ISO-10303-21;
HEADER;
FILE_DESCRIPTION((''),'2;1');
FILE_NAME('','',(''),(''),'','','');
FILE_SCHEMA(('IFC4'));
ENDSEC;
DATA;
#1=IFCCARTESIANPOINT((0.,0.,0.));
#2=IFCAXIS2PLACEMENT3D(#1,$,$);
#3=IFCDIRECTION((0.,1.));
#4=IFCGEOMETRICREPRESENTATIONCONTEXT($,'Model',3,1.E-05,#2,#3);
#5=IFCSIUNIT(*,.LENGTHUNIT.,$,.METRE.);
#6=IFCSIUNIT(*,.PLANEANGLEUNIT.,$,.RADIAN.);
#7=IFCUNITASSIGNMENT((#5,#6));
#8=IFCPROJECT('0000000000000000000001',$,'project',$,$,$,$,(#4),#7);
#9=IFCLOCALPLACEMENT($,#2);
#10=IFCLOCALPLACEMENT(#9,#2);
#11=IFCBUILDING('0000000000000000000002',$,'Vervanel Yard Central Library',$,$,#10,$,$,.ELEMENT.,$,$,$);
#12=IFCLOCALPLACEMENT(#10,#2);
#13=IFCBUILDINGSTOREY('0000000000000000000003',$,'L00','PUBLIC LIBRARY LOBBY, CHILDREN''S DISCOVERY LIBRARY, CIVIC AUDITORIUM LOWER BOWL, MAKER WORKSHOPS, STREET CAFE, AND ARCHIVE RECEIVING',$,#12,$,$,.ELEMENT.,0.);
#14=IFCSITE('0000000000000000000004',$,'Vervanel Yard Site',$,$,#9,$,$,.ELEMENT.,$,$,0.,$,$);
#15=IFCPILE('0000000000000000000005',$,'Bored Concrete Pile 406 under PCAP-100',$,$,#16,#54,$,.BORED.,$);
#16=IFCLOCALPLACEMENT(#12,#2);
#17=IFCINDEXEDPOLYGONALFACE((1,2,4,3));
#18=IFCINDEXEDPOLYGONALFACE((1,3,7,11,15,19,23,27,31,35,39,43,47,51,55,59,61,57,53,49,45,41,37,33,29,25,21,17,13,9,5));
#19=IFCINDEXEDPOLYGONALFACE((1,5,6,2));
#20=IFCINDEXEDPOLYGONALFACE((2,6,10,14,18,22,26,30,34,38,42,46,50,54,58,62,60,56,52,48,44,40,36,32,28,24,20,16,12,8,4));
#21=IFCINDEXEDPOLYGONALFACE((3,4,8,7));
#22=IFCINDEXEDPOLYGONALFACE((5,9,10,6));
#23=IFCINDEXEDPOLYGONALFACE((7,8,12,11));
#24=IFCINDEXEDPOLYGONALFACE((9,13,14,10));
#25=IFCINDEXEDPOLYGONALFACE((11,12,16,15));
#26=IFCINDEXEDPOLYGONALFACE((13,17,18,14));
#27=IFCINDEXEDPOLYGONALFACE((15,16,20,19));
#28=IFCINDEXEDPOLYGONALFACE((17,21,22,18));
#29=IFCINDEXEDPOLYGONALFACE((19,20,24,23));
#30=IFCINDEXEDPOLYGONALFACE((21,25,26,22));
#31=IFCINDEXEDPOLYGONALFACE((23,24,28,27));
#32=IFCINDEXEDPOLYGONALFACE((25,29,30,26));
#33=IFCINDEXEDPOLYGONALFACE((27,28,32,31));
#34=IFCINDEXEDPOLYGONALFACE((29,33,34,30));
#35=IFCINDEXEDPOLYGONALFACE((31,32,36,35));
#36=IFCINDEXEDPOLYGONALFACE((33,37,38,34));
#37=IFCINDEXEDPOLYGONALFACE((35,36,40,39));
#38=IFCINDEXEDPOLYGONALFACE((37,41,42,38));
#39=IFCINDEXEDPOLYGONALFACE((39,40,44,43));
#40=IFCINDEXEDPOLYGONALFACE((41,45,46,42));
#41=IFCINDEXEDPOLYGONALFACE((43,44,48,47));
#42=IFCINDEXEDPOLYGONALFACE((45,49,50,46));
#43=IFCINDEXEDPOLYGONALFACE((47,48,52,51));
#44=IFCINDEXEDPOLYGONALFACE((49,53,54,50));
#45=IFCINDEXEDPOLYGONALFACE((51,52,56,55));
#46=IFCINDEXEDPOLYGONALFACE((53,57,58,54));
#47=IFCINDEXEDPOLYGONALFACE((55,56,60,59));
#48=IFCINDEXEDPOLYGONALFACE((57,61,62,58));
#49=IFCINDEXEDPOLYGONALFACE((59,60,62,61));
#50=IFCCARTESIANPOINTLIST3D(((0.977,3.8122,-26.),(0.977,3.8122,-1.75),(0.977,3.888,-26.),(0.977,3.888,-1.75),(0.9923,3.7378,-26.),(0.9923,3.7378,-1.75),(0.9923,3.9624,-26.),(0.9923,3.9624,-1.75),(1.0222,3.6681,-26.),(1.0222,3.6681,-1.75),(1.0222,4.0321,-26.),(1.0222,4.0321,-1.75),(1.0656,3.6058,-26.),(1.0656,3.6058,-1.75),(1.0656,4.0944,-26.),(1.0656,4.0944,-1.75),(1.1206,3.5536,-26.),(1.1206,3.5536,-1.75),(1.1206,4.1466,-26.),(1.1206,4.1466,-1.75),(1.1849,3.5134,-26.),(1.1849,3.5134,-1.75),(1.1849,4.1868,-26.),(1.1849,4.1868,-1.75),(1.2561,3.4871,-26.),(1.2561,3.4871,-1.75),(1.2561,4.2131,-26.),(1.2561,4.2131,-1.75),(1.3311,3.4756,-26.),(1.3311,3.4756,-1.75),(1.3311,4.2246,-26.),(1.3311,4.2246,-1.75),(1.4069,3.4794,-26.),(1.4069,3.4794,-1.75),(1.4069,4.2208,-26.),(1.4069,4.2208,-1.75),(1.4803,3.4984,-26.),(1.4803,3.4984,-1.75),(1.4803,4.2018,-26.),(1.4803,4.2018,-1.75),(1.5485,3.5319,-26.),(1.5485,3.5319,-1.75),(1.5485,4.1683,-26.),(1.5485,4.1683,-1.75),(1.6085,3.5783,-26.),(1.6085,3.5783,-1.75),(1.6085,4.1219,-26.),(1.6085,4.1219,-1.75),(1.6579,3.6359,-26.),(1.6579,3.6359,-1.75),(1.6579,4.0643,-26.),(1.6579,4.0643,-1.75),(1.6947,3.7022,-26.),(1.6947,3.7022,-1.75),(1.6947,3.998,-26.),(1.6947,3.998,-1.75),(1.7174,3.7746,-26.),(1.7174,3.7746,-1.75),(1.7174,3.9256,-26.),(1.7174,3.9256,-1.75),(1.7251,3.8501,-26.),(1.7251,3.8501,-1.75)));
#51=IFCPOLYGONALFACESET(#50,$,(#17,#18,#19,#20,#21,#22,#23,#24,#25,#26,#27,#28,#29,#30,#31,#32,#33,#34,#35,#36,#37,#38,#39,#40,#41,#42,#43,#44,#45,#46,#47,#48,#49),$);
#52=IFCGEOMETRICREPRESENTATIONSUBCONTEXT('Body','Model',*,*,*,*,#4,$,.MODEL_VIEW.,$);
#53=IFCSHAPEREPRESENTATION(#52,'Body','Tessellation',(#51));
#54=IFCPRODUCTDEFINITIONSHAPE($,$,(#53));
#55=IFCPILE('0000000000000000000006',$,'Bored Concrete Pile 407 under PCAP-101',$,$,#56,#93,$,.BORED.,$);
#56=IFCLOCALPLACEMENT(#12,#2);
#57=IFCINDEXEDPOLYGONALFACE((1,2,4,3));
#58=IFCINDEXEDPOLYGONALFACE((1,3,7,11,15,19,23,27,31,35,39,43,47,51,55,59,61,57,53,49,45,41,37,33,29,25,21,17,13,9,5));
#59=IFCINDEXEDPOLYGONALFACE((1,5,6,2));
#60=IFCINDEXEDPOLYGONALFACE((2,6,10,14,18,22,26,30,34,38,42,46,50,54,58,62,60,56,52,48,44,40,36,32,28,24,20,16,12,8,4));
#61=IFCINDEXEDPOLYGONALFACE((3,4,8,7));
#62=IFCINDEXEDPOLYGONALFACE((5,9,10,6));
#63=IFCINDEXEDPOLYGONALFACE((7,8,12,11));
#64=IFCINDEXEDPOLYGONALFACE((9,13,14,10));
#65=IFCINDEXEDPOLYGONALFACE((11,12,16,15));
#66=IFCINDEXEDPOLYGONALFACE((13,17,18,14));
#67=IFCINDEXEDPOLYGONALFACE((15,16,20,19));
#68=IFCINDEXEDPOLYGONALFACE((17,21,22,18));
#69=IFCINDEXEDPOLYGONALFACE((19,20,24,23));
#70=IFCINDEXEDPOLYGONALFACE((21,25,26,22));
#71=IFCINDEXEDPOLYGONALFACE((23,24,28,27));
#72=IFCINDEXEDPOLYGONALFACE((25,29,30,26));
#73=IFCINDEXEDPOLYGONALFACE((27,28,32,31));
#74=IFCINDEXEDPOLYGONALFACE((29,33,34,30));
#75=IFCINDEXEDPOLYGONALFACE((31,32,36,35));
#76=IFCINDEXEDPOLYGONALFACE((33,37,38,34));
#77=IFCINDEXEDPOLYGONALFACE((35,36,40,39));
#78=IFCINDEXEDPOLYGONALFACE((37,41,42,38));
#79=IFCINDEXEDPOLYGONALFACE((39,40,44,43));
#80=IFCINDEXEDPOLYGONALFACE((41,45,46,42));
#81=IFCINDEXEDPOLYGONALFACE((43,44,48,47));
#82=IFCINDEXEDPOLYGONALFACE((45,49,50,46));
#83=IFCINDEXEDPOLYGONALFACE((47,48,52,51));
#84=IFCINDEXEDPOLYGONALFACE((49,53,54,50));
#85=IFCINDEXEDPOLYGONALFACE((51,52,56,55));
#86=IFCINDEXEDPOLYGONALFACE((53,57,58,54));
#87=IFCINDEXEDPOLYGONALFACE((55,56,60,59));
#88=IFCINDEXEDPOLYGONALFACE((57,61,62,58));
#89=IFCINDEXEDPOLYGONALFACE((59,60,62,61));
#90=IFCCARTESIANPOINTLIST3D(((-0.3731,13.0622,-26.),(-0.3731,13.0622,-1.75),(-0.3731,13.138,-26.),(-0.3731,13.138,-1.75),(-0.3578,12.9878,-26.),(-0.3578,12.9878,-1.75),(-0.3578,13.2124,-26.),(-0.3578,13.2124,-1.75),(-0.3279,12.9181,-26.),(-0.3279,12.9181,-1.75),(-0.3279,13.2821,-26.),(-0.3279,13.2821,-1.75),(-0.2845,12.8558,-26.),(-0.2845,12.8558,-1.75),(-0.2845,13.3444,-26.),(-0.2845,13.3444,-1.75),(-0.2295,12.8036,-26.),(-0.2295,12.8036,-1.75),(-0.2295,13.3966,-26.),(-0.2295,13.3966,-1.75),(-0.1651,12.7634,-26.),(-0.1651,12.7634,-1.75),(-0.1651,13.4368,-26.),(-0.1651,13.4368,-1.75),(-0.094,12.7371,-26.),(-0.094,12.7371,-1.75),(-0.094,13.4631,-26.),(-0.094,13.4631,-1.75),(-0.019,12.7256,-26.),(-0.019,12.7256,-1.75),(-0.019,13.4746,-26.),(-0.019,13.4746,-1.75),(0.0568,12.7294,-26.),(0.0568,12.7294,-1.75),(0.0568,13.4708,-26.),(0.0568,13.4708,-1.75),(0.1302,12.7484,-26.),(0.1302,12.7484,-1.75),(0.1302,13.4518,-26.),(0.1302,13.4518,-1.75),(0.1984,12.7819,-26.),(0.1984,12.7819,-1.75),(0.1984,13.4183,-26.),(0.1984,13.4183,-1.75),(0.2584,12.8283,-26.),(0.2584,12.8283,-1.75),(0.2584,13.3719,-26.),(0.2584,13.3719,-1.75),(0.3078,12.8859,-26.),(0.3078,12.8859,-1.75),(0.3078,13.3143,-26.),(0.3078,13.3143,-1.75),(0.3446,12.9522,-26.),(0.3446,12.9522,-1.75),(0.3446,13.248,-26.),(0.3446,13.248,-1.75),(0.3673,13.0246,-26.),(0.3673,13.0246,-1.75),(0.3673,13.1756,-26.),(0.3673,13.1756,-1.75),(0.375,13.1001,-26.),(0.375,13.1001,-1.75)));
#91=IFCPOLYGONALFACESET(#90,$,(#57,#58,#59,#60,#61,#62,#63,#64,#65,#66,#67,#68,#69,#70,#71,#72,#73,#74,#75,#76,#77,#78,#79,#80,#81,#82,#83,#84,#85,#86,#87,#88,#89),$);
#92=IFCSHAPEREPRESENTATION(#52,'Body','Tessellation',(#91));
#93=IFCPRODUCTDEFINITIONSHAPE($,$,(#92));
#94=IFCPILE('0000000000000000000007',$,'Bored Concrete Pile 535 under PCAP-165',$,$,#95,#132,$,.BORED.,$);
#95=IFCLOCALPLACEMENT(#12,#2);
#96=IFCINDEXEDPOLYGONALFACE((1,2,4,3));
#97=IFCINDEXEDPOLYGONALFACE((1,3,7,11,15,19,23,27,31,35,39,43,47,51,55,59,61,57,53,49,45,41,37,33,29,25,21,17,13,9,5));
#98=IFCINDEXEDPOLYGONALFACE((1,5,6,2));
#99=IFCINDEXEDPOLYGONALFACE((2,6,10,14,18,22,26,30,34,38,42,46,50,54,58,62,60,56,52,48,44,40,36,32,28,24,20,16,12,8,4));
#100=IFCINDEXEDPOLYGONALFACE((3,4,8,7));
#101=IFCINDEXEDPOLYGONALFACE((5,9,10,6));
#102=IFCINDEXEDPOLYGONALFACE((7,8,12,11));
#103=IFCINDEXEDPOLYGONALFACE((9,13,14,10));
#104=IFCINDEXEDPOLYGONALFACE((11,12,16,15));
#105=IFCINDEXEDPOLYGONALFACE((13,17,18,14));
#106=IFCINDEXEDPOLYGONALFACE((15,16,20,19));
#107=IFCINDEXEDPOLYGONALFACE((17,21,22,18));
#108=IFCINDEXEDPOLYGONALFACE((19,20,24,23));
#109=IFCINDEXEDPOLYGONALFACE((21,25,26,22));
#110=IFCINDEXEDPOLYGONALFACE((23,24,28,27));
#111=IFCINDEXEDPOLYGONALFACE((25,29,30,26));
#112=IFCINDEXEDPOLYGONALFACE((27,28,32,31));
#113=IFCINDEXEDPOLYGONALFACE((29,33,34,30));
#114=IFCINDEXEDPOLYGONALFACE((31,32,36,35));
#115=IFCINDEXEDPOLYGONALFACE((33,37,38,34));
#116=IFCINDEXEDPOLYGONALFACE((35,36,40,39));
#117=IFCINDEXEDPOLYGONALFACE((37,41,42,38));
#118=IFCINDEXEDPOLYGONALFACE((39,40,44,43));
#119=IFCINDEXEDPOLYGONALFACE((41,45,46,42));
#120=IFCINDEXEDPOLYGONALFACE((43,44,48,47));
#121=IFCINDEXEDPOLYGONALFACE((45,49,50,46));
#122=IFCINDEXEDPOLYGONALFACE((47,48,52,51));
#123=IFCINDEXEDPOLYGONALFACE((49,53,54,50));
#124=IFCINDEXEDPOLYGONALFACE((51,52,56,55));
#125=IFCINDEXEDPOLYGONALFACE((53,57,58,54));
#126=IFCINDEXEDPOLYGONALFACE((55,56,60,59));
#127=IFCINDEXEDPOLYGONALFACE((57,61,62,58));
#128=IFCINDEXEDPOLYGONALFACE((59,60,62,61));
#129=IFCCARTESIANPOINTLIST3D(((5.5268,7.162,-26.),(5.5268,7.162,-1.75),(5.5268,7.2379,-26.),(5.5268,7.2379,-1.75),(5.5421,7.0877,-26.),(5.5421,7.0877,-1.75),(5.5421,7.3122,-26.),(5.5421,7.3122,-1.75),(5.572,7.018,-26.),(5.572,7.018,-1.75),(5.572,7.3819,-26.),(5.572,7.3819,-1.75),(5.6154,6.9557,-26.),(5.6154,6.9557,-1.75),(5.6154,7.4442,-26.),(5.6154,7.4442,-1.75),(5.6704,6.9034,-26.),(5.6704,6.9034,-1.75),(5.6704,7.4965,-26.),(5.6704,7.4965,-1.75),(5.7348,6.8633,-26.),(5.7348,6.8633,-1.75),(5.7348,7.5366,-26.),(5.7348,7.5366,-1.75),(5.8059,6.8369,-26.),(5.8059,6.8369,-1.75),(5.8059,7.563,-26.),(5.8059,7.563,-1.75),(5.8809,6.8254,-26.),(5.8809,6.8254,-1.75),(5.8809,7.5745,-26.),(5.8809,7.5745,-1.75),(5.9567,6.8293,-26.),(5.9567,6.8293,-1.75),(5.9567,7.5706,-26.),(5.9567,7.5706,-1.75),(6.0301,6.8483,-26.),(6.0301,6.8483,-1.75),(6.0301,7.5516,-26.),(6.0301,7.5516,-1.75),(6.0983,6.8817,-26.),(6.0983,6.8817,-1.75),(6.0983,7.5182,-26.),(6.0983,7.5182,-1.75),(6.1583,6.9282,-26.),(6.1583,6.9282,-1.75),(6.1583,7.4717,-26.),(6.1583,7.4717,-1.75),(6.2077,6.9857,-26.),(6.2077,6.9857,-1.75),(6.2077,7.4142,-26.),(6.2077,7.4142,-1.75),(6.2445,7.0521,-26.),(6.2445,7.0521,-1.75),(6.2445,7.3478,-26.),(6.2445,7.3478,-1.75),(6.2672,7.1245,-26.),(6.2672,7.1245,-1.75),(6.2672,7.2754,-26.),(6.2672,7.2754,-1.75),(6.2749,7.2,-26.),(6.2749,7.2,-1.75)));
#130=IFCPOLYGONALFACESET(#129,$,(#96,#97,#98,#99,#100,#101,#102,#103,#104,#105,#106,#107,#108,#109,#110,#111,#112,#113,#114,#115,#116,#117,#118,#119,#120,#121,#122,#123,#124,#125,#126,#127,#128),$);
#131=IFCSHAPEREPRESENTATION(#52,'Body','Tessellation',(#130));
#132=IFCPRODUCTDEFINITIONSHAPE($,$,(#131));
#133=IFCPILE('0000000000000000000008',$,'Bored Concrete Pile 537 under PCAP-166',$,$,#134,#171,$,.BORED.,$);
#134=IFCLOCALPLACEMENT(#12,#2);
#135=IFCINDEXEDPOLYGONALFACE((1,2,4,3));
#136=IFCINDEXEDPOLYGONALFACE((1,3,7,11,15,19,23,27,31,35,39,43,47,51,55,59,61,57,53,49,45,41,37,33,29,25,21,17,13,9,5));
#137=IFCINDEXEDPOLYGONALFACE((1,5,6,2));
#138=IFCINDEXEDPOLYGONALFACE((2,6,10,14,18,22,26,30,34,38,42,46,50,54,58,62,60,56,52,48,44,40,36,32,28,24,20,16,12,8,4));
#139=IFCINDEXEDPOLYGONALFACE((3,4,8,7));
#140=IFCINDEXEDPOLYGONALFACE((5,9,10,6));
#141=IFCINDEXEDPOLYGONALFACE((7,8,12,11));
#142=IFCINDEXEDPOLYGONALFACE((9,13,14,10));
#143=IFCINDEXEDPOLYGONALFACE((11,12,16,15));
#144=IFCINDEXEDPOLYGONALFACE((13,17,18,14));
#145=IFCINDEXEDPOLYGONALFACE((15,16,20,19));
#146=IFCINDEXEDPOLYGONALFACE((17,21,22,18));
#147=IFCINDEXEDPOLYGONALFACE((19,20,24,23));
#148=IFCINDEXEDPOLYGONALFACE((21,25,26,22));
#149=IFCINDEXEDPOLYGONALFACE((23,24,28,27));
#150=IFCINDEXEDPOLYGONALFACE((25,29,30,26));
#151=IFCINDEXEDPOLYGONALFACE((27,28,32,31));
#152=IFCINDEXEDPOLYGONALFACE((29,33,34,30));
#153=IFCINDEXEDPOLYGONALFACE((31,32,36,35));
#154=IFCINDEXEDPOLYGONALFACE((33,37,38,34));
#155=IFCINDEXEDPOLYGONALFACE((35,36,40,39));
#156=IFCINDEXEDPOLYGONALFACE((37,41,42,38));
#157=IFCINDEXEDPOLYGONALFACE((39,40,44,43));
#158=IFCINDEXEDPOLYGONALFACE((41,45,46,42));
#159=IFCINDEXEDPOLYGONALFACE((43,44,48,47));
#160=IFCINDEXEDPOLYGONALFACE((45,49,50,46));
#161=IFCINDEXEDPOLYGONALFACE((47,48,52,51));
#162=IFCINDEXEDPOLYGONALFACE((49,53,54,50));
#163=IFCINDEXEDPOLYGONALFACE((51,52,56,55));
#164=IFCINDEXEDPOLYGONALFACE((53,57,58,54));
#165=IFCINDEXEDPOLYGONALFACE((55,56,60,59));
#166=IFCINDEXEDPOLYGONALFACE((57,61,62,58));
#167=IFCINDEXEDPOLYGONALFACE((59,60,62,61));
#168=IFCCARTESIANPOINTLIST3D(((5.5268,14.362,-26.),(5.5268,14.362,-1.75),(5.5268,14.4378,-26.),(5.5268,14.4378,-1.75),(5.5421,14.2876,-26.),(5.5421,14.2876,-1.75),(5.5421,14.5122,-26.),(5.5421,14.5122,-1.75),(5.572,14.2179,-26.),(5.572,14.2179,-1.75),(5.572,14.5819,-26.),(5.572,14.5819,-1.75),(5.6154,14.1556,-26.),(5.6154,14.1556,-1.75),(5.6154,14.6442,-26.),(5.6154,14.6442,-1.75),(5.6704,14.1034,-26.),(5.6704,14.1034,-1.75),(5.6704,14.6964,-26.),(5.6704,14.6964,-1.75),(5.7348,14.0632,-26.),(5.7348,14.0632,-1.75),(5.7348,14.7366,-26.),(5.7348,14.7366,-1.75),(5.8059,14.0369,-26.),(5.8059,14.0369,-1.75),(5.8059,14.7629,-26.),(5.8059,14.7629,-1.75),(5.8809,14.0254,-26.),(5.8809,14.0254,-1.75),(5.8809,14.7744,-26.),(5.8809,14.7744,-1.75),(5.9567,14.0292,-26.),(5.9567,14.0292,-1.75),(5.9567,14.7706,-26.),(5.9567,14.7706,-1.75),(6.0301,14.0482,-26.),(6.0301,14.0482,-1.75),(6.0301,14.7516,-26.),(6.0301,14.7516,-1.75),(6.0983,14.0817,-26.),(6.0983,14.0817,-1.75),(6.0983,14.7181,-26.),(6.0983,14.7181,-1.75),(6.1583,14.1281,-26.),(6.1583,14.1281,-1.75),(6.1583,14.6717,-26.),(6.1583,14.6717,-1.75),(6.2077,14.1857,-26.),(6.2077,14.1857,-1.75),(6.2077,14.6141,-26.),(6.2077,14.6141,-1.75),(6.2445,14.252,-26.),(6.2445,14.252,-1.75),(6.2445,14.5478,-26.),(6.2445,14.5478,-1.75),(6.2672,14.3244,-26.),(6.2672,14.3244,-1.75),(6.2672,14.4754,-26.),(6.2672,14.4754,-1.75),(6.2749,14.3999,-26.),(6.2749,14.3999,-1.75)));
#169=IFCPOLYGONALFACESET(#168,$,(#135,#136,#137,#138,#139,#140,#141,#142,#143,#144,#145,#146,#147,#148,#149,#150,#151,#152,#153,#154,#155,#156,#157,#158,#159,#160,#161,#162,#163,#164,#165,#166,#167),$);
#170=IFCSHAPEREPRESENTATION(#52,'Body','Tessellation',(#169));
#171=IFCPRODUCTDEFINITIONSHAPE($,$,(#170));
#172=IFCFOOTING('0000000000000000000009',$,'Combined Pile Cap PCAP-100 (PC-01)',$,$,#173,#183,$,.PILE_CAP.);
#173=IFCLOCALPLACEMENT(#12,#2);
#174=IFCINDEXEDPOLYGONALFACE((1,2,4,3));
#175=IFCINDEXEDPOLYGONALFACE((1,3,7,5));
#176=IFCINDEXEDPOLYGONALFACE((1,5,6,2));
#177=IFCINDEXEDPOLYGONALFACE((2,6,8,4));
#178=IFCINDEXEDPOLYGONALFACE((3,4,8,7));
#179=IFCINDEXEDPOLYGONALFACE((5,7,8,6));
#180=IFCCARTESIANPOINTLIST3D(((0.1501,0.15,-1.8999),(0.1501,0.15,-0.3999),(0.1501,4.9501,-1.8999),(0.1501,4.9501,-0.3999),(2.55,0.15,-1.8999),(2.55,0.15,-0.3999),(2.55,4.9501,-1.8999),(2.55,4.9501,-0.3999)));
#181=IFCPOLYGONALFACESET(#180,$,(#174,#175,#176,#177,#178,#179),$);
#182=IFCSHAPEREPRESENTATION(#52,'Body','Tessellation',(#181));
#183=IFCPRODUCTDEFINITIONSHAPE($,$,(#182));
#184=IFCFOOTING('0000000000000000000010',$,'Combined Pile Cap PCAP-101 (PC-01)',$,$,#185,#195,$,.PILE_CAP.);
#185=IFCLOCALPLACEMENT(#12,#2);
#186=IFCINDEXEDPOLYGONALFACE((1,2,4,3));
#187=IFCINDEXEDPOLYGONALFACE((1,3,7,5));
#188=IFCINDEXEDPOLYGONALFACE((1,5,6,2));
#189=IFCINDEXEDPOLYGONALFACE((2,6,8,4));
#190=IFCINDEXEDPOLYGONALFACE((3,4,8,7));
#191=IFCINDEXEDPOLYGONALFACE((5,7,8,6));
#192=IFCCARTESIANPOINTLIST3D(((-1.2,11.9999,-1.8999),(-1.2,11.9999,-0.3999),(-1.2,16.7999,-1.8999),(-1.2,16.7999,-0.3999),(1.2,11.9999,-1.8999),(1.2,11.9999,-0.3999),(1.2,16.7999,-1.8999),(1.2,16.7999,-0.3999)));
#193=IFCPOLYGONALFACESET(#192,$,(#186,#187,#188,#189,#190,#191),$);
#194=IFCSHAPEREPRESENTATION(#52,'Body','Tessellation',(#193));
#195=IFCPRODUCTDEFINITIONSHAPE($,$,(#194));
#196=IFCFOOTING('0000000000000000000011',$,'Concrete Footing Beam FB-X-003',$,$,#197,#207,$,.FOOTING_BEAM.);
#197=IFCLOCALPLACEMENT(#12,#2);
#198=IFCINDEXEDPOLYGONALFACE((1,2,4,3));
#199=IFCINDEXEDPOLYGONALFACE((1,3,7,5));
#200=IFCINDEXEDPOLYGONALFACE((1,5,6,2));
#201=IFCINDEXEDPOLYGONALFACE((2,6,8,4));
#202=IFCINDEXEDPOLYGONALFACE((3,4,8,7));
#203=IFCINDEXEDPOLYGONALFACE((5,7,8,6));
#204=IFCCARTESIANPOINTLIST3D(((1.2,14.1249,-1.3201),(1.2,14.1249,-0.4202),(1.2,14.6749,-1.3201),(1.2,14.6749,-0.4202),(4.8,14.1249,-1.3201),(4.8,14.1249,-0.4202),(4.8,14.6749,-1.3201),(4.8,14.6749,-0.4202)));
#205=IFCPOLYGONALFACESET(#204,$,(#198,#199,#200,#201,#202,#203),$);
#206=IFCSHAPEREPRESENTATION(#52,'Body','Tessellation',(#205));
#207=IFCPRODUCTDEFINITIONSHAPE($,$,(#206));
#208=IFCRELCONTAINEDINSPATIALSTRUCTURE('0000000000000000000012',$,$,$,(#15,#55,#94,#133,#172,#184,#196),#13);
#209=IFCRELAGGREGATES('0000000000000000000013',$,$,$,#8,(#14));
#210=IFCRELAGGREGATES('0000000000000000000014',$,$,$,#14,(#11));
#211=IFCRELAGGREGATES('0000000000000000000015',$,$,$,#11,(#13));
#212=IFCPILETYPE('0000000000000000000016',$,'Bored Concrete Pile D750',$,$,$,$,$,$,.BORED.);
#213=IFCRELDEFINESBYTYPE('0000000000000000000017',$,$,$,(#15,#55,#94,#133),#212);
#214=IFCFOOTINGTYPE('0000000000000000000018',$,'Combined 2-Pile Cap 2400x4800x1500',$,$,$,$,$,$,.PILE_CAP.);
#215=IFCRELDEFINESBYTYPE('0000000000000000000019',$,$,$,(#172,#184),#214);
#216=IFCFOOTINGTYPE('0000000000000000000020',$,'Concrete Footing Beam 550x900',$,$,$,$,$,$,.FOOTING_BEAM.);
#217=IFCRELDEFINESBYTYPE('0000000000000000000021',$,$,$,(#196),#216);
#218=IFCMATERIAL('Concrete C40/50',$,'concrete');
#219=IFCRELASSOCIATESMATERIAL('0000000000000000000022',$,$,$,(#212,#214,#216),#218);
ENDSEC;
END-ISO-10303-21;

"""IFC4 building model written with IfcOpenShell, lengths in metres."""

from ifc_helpers import new_model, si_unit, direction, frame, origin, origin_2d, place, context, subcontext, project, spatial, rectangle, circle, extrude, material, material_profile, profile_set, type_object, element, save


model = new_model("IFC4")

# Units and contexts
model_context = context("Model", 3, precision=1e-05, world=origin(), true_north=direction((0.0, 1.0)))
body_context = subcontext(model_context, "Body", "Model", "MODEL_VIEW")
ifc_project = project(units=[si_unit("LENGTHUNIT", "METRE"), si_unit("PLANEANGLEUNIT", "RADIAN")], contexts=[model_context])

# Site, building, storey
site_placement = place(None, origin())
site = spatial("IfcSite", under=ifc_project, at=site_placement, Name="Vervanel Yard Site", CompositionType="ELEMENT", RefElevation=0.0)
building_placement = place(site_placement, origin())
building = spatial("IfcBuilding", under=site, at=building_placement, Name="Vervanel Yard Central Library", CompositionType="ELEMENT")
storey_placement = place(building_placement, origin())
storey = spatial("IfcBuildingStorey", under=building, at=storey_placement, Name="L00", Description="PUBLIC LIBRARY LOBBY, CHILDREN'S DISCOVERY LIBRARY, CIVIC AUDITORIUM LOWER BOWL, MAKER WORKSHOPS, STREET CAFE, AND ARCHIVE RECEIVING", CompositionType="ELEMENT", Elevation=0.0)

# Piles
ifc_material_1 = material(Name="Concrete C40/50", Category="concrete")
ifc_material_profile_1 = material_profile(ifc_material_1, circle(Radius=0.375, at=origin_2d()), Name="BP D750", Category="concrete")
ifc_profile_set_1 = profile_set([ifc_material_profile_1], Name="Concrete C40/50")
pile_type = type_object("IfcPileType", Name="Bored Concrete Pile D750", PredefinedType="BORED", material=ifc_profile_set_1)
for number, where, z_axis, x_axis, name in (
    (1, (1.3501, 3.8501, -1.75), (0.0, 0.0, -1.0), (1.0, 0.0, 0.0), "Bored Concrete Pile 406 under PCAP-100"),
    (2, (0.0, 13.1001, -1.75), (0.0, 0.0, -1.0), (1.0, 0.0, 0.0), "Bored Concrete Pile 407 under PCAP-101"),
    (3, (5.8999, 7.2, -1.75), (0.0, 0.0, -1.0), (1.0, 0.0, 0.0), "Bored Concrete Pile 535 under PCAP-165"),
    (4, (5.8999, 14.3999, -1.75), (0.0, 0.0, -1.0), (1.0, 0.0, 0.0), "Bored Concrete Pile 537 under PCAP-166"),
):
    element("IfcPile", number, at=place(storey_placement, frame(where, z_axis=z_axis, x_axis=x_axis)), inside=storey, type_object=pile_type, Name=name, PredefinedType="BORED", context=body_context, shape_type="SweptSolid", body=[
        extrude(circle(Radius=0.375, at=origin_2d()), origin(), (0.0, 0.0, 1.0), 24.25),
    ])

# Footings
footing_type_1 = type_object("IfcFootingType", Name="Combined 2-Pile Cap 2400x4800x1500", PredefinedType="PILE_CAP", material=ifc_material_1)
for number, where, z_axis, x_axis, name in (
    (5, (1.3501, 2.55, -1.8999), (0.0, 0.0, 1.0), (1.0, 0.0, 0.0), "Combined Pile Cap PCAP-100 (PC-01)"),
    (6, (0.0, 14.3999, -1.8999), (0.0, 0.0, 1.0), (1.0, 0.0, 0.0), "Combined Pile Cap PCAP-101 (PC-01)"),
):
    element("IfcFooting", number, at=place(storey_placement, frame(where, z_axis=z_axis, x_axis=x_axis)), inside=storey, type_object=footing_type_1, Name=name, PredefinedType="PILE_CAP", context=body_context, shape_type="SweptSolid", body=[
        extrude(rectangle(XDim=2.3999, YDim=4.8, at=origin_2d()), origin(), (0.0, 0.0, 1.0), 1.5),
    ])
ifc_material_profile_2 = material_profile(ifc_material_1, rectangle(XDim=0.55, YDim=0.8999, at=origin_2d()), Name="RC 550x900", Category="concrete")
ifc_profile_set_2 = profile_set([ifc_material_profile_2], Name="Concrete C40/50")
footing_type_2 = type_object("IfcFootingType", Name="Concrete Footing Beam 550x900", PredefinedType="FOOTING_BEAM", material=ifc_profile_set_2)
footing_placement = place(storey_placement, frame((1.2, 14.3999, -0.8701), z_axis=(1.0, 0.0, 0.0), x_axis=(0.0, 1.0, 0.0)))
element("IfcFooting", 7, at=footing_placement, inside=storey, type_object=footing_type_2, Name="Concrete Footing Beam FB-X-003", PredefinedType="FOOTING_BEAM", context=body_context, shape_type="SweptSolid", body=[
    extrude(rectangle(XDim=0.55, YDim=0.8999, at=origin_2d()), origin(), (0.0, 0.0, 1.0), 3.6001),
])

save(model, "model.ifc")
